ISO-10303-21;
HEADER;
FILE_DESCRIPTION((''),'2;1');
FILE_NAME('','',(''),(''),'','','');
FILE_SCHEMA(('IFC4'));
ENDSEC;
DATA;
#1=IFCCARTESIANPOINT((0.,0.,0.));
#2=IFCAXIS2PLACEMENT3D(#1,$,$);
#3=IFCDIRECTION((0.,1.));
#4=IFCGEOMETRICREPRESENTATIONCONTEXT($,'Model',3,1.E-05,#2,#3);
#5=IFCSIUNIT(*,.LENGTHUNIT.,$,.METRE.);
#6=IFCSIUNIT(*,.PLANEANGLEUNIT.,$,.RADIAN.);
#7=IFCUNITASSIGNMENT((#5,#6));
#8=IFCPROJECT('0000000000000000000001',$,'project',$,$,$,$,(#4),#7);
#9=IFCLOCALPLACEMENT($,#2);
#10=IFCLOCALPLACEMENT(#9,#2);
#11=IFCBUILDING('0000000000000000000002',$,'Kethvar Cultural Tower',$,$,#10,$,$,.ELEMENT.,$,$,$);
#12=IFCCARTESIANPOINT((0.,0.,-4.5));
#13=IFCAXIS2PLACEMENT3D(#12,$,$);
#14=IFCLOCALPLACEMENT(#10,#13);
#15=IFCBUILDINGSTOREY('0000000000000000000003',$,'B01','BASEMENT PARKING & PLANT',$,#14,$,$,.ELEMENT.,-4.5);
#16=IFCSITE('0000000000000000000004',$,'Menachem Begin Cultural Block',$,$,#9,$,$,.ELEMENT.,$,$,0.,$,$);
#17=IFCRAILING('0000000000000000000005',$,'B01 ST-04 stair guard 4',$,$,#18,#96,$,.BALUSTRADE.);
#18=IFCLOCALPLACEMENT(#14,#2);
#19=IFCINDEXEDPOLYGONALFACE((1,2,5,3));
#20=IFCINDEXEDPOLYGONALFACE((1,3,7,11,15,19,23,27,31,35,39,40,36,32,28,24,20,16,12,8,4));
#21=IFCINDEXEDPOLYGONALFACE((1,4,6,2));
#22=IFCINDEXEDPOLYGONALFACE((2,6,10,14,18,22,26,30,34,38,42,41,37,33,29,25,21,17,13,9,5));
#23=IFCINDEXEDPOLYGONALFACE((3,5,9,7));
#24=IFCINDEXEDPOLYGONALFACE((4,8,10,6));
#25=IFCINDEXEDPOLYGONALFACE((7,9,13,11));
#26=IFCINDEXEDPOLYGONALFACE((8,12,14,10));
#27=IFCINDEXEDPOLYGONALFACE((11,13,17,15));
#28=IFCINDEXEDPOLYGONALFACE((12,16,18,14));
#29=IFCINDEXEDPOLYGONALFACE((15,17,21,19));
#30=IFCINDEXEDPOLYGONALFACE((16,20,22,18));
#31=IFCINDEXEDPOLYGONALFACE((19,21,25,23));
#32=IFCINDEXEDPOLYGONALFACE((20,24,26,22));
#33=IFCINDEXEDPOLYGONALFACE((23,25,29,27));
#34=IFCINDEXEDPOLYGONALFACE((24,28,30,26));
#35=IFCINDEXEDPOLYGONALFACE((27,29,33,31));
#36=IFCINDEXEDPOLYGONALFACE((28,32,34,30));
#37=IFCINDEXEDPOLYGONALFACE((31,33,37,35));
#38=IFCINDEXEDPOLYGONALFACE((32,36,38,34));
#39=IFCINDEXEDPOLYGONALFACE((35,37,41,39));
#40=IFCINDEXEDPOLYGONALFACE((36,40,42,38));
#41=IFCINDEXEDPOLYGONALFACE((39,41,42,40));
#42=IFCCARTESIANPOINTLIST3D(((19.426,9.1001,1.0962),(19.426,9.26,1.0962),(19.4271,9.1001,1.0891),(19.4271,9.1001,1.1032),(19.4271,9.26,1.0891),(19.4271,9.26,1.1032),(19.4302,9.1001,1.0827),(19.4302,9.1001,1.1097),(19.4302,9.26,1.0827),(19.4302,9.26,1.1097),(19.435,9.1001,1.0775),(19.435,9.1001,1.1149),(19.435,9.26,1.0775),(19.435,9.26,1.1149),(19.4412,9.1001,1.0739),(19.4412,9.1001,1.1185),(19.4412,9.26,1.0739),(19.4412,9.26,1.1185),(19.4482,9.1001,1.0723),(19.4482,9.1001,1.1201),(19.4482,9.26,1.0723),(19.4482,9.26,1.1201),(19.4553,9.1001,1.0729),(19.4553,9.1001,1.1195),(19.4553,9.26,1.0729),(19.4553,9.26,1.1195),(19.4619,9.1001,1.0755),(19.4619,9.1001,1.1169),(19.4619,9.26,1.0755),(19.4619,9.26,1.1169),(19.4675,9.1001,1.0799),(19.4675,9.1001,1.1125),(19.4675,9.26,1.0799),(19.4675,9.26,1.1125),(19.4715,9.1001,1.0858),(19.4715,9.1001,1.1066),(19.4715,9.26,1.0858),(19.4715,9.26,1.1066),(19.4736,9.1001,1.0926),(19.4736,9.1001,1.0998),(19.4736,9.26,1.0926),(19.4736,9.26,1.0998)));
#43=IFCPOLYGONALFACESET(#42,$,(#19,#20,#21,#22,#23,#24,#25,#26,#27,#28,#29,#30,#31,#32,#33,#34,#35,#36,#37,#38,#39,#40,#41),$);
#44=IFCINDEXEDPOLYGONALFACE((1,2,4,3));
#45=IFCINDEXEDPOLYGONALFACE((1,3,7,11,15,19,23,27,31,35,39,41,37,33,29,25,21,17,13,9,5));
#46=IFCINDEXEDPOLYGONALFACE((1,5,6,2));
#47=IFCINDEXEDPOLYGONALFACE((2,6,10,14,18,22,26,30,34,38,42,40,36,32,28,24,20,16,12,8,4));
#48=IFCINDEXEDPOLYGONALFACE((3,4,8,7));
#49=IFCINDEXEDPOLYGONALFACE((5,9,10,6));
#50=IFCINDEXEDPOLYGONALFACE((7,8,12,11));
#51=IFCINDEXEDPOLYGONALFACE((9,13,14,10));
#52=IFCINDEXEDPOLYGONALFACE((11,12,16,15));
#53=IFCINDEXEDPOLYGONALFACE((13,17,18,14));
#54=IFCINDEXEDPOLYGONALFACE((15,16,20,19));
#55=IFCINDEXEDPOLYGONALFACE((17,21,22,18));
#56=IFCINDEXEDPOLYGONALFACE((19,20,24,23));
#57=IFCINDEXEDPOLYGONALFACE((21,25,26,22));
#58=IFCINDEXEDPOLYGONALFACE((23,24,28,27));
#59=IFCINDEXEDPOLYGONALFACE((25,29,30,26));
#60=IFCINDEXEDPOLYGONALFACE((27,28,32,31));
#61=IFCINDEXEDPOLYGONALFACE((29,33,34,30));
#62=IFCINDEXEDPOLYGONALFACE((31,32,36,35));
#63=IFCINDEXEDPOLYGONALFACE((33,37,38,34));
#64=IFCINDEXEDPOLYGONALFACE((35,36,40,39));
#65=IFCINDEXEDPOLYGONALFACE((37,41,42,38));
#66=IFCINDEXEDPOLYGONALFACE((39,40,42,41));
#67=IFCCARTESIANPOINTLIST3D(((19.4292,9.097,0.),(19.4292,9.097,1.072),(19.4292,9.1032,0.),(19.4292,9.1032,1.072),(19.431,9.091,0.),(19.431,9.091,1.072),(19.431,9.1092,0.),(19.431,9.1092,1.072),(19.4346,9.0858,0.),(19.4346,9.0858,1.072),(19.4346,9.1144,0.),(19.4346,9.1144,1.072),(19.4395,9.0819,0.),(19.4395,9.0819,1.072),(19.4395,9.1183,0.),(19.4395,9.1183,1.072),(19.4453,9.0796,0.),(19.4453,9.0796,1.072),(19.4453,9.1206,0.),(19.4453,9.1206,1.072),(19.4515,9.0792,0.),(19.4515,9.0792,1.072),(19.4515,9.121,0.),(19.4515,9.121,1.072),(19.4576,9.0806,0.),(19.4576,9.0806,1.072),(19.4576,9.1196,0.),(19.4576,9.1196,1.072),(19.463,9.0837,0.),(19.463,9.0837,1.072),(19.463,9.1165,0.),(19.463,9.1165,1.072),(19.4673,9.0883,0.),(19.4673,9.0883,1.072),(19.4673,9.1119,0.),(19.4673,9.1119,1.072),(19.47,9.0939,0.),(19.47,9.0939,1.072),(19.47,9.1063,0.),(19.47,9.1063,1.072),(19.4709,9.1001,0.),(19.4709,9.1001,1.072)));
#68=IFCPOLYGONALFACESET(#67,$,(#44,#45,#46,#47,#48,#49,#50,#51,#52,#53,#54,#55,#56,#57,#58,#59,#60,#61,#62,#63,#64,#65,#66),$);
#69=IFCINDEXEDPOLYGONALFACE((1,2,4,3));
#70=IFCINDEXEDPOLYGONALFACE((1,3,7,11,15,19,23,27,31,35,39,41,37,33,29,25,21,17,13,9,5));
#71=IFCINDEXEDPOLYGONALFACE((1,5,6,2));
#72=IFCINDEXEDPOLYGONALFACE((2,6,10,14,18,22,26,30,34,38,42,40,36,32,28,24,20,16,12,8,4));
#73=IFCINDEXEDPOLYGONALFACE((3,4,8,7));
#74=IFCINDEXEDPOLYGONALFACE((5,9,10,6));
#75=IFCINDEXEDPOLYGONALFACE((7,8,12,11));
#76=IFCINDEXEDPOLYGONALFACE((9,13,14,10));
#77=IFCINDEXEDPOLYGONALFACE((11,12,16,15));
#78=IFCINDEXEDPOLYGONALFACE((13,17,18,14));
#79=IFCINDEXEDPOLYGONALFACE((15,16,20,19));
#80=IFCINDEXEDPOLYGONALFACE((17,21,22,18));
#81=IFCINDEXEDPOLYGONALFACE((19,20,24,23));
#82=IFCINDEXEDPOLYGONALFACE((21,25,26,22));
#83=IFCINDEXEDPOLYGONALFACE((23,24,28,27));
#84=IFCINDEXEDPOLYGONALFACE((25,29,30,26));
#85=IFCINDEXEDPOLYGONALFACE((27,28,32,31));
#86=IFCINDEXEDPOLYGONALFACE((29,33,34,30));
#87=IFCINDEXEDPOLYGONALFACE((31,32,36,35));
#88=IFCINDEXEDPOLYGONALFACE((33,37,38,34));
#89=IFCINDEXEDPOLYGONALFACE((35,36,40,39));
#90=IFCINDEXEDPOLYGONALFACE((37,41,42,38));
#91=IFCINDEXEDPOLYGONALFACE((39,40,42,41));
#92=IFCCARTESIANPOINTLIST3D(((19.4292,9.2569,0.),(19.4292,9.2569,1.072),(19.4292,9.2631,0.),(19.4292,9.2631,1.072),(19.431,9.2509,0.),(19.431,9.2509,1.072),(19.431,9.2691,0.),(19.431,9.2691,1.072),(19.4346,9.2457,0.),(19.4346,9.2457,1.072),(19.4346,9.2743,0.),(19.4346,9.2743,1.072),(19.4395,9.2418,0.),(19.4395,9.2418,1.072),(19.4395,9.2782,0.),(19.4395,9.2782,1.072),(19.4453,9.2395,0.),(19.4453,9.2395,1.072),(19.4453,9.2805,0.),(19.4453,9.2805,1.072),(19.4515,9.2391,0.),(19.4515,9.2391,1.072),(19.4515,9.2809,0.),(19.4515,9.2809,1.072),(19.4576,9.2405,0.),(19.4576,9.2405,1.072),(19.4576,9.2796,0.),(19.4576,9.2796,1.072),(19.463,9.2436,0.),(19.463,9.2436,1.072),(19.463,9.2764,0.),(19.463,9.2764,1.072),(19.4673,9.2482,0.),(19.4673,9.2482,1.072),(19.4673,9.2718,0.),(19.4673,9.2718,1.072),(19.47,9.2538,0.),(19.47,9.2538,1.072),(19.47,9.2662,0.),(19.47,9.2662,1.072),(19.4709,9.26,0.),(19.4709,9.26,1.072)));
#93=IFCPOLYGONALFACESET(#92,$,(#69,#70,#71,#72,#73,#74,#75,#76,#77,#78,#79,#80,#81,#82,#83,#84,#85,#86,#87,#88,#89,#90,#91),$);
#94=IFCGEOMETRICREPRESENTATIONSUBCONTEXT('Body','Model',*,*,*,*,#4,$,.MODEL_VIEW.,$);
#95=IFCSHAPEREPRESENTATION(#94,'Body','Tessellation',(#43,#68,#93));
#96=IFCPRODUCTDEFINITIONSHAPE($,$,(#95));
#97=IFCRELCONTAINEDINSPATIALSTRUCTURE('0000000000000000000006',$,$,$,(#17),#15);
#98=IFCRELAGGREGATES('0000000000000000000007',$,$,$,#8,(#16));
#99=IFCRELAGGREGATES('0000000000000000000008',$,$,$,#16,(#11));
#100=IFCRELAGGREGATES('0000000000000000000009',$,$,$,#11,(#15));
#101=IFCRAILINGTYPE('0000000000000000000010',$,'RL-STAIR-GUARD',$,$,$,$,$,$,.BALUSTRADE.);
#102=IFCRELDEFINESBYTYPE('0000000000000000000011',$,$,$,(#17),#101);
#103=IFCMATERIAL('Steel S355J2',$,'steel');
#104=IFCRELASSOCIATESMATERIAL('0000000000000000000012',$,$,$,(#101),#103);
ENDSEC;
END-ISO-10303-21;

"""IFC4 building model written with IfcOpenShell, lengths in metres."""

from ifc_helpers import new_model, si_unit, direction, frame, origin, origin_2d, place, context, subcontext, project, spatial, circle, extrude, material, type_object, element, save


model = new_model("IFC4")

# Units and contexts
model_context = context("Model", 3, precision=1e-05, world=origin(), true_north=direction((0.0, 1.0)))
body_context = subcontext(model_context, "Body", "Model", "MODEL_VIEW")
ifc_project = project(units=[si_unit("LENGTHUNIT", "METRE"), si_unit("PLANEANGLEUNIT", "RADIAN")], contexts=[model_context])

# Site, building, storey
site_placement = place(None, origin())
site = spatial("IfcSite", under=ifc_project, at=site_placement, Name="Menachem Begin Cultural Block", CompositionType="ELEMENT", RefElevation=0.0)
building_placement = place(site_placement, origin())
building = spatial("IfcBuilding", under=site, at=building_placement, Name="Kethvar Cultural Tower", CompositionType="ELEMENT")
storey_placement = place(building_placement, frame((0.0, 0.0, -4.5)))
storey = spatial("IfcBuildingStorey", under=building, at=storey_placement, Name="B01", Description="BASEMENT PARKING & PLANT", CompositionType="ELEMENT", Elevation=-4.5)

# Shared definitions
ifc_material_1 = material(Name="Steel S355J2", Category="steel")

# Railing
railing_type_1 = type_object("IfcRailingType", Name="RL-STAIR-GUARD", PredefinedType="BALUSTRADE", material=ifc_material_1)
railing_1_placement = place(storey_placement, frame((19.45, 9.1001, 0.0)))
element("IfcRailing", 1, at=railing_1_placement, inside=storey, type_object=railing_type_1, Name="B01 ST-04 stair guard 4", PredefinedType="BALUSTRADE", context=body_context, shape_type="SweptSolid", body=[
    extrude(circle(Radius=0.0239, at=origin_2d()), frame((0.0, 0.0, 1.0962), z_axis=(0.0, 1.0, 0.0), x_axis=(-1.0, 0.0, 0.0)), (0.0, 0.0, 1.0), 0.1599),
    extrude(circle(Radius=0.021, at=origin_2d()), origin(), (0.0, 0.0, 1.0), 1.072),
    extrude(circle(Radius=0.021, at=origin_2d()), frame((0.0, 0.1599, 0.0)), (0.0, 0.0, 1.0), 1.072),
])

save(model, "model.ifc")
